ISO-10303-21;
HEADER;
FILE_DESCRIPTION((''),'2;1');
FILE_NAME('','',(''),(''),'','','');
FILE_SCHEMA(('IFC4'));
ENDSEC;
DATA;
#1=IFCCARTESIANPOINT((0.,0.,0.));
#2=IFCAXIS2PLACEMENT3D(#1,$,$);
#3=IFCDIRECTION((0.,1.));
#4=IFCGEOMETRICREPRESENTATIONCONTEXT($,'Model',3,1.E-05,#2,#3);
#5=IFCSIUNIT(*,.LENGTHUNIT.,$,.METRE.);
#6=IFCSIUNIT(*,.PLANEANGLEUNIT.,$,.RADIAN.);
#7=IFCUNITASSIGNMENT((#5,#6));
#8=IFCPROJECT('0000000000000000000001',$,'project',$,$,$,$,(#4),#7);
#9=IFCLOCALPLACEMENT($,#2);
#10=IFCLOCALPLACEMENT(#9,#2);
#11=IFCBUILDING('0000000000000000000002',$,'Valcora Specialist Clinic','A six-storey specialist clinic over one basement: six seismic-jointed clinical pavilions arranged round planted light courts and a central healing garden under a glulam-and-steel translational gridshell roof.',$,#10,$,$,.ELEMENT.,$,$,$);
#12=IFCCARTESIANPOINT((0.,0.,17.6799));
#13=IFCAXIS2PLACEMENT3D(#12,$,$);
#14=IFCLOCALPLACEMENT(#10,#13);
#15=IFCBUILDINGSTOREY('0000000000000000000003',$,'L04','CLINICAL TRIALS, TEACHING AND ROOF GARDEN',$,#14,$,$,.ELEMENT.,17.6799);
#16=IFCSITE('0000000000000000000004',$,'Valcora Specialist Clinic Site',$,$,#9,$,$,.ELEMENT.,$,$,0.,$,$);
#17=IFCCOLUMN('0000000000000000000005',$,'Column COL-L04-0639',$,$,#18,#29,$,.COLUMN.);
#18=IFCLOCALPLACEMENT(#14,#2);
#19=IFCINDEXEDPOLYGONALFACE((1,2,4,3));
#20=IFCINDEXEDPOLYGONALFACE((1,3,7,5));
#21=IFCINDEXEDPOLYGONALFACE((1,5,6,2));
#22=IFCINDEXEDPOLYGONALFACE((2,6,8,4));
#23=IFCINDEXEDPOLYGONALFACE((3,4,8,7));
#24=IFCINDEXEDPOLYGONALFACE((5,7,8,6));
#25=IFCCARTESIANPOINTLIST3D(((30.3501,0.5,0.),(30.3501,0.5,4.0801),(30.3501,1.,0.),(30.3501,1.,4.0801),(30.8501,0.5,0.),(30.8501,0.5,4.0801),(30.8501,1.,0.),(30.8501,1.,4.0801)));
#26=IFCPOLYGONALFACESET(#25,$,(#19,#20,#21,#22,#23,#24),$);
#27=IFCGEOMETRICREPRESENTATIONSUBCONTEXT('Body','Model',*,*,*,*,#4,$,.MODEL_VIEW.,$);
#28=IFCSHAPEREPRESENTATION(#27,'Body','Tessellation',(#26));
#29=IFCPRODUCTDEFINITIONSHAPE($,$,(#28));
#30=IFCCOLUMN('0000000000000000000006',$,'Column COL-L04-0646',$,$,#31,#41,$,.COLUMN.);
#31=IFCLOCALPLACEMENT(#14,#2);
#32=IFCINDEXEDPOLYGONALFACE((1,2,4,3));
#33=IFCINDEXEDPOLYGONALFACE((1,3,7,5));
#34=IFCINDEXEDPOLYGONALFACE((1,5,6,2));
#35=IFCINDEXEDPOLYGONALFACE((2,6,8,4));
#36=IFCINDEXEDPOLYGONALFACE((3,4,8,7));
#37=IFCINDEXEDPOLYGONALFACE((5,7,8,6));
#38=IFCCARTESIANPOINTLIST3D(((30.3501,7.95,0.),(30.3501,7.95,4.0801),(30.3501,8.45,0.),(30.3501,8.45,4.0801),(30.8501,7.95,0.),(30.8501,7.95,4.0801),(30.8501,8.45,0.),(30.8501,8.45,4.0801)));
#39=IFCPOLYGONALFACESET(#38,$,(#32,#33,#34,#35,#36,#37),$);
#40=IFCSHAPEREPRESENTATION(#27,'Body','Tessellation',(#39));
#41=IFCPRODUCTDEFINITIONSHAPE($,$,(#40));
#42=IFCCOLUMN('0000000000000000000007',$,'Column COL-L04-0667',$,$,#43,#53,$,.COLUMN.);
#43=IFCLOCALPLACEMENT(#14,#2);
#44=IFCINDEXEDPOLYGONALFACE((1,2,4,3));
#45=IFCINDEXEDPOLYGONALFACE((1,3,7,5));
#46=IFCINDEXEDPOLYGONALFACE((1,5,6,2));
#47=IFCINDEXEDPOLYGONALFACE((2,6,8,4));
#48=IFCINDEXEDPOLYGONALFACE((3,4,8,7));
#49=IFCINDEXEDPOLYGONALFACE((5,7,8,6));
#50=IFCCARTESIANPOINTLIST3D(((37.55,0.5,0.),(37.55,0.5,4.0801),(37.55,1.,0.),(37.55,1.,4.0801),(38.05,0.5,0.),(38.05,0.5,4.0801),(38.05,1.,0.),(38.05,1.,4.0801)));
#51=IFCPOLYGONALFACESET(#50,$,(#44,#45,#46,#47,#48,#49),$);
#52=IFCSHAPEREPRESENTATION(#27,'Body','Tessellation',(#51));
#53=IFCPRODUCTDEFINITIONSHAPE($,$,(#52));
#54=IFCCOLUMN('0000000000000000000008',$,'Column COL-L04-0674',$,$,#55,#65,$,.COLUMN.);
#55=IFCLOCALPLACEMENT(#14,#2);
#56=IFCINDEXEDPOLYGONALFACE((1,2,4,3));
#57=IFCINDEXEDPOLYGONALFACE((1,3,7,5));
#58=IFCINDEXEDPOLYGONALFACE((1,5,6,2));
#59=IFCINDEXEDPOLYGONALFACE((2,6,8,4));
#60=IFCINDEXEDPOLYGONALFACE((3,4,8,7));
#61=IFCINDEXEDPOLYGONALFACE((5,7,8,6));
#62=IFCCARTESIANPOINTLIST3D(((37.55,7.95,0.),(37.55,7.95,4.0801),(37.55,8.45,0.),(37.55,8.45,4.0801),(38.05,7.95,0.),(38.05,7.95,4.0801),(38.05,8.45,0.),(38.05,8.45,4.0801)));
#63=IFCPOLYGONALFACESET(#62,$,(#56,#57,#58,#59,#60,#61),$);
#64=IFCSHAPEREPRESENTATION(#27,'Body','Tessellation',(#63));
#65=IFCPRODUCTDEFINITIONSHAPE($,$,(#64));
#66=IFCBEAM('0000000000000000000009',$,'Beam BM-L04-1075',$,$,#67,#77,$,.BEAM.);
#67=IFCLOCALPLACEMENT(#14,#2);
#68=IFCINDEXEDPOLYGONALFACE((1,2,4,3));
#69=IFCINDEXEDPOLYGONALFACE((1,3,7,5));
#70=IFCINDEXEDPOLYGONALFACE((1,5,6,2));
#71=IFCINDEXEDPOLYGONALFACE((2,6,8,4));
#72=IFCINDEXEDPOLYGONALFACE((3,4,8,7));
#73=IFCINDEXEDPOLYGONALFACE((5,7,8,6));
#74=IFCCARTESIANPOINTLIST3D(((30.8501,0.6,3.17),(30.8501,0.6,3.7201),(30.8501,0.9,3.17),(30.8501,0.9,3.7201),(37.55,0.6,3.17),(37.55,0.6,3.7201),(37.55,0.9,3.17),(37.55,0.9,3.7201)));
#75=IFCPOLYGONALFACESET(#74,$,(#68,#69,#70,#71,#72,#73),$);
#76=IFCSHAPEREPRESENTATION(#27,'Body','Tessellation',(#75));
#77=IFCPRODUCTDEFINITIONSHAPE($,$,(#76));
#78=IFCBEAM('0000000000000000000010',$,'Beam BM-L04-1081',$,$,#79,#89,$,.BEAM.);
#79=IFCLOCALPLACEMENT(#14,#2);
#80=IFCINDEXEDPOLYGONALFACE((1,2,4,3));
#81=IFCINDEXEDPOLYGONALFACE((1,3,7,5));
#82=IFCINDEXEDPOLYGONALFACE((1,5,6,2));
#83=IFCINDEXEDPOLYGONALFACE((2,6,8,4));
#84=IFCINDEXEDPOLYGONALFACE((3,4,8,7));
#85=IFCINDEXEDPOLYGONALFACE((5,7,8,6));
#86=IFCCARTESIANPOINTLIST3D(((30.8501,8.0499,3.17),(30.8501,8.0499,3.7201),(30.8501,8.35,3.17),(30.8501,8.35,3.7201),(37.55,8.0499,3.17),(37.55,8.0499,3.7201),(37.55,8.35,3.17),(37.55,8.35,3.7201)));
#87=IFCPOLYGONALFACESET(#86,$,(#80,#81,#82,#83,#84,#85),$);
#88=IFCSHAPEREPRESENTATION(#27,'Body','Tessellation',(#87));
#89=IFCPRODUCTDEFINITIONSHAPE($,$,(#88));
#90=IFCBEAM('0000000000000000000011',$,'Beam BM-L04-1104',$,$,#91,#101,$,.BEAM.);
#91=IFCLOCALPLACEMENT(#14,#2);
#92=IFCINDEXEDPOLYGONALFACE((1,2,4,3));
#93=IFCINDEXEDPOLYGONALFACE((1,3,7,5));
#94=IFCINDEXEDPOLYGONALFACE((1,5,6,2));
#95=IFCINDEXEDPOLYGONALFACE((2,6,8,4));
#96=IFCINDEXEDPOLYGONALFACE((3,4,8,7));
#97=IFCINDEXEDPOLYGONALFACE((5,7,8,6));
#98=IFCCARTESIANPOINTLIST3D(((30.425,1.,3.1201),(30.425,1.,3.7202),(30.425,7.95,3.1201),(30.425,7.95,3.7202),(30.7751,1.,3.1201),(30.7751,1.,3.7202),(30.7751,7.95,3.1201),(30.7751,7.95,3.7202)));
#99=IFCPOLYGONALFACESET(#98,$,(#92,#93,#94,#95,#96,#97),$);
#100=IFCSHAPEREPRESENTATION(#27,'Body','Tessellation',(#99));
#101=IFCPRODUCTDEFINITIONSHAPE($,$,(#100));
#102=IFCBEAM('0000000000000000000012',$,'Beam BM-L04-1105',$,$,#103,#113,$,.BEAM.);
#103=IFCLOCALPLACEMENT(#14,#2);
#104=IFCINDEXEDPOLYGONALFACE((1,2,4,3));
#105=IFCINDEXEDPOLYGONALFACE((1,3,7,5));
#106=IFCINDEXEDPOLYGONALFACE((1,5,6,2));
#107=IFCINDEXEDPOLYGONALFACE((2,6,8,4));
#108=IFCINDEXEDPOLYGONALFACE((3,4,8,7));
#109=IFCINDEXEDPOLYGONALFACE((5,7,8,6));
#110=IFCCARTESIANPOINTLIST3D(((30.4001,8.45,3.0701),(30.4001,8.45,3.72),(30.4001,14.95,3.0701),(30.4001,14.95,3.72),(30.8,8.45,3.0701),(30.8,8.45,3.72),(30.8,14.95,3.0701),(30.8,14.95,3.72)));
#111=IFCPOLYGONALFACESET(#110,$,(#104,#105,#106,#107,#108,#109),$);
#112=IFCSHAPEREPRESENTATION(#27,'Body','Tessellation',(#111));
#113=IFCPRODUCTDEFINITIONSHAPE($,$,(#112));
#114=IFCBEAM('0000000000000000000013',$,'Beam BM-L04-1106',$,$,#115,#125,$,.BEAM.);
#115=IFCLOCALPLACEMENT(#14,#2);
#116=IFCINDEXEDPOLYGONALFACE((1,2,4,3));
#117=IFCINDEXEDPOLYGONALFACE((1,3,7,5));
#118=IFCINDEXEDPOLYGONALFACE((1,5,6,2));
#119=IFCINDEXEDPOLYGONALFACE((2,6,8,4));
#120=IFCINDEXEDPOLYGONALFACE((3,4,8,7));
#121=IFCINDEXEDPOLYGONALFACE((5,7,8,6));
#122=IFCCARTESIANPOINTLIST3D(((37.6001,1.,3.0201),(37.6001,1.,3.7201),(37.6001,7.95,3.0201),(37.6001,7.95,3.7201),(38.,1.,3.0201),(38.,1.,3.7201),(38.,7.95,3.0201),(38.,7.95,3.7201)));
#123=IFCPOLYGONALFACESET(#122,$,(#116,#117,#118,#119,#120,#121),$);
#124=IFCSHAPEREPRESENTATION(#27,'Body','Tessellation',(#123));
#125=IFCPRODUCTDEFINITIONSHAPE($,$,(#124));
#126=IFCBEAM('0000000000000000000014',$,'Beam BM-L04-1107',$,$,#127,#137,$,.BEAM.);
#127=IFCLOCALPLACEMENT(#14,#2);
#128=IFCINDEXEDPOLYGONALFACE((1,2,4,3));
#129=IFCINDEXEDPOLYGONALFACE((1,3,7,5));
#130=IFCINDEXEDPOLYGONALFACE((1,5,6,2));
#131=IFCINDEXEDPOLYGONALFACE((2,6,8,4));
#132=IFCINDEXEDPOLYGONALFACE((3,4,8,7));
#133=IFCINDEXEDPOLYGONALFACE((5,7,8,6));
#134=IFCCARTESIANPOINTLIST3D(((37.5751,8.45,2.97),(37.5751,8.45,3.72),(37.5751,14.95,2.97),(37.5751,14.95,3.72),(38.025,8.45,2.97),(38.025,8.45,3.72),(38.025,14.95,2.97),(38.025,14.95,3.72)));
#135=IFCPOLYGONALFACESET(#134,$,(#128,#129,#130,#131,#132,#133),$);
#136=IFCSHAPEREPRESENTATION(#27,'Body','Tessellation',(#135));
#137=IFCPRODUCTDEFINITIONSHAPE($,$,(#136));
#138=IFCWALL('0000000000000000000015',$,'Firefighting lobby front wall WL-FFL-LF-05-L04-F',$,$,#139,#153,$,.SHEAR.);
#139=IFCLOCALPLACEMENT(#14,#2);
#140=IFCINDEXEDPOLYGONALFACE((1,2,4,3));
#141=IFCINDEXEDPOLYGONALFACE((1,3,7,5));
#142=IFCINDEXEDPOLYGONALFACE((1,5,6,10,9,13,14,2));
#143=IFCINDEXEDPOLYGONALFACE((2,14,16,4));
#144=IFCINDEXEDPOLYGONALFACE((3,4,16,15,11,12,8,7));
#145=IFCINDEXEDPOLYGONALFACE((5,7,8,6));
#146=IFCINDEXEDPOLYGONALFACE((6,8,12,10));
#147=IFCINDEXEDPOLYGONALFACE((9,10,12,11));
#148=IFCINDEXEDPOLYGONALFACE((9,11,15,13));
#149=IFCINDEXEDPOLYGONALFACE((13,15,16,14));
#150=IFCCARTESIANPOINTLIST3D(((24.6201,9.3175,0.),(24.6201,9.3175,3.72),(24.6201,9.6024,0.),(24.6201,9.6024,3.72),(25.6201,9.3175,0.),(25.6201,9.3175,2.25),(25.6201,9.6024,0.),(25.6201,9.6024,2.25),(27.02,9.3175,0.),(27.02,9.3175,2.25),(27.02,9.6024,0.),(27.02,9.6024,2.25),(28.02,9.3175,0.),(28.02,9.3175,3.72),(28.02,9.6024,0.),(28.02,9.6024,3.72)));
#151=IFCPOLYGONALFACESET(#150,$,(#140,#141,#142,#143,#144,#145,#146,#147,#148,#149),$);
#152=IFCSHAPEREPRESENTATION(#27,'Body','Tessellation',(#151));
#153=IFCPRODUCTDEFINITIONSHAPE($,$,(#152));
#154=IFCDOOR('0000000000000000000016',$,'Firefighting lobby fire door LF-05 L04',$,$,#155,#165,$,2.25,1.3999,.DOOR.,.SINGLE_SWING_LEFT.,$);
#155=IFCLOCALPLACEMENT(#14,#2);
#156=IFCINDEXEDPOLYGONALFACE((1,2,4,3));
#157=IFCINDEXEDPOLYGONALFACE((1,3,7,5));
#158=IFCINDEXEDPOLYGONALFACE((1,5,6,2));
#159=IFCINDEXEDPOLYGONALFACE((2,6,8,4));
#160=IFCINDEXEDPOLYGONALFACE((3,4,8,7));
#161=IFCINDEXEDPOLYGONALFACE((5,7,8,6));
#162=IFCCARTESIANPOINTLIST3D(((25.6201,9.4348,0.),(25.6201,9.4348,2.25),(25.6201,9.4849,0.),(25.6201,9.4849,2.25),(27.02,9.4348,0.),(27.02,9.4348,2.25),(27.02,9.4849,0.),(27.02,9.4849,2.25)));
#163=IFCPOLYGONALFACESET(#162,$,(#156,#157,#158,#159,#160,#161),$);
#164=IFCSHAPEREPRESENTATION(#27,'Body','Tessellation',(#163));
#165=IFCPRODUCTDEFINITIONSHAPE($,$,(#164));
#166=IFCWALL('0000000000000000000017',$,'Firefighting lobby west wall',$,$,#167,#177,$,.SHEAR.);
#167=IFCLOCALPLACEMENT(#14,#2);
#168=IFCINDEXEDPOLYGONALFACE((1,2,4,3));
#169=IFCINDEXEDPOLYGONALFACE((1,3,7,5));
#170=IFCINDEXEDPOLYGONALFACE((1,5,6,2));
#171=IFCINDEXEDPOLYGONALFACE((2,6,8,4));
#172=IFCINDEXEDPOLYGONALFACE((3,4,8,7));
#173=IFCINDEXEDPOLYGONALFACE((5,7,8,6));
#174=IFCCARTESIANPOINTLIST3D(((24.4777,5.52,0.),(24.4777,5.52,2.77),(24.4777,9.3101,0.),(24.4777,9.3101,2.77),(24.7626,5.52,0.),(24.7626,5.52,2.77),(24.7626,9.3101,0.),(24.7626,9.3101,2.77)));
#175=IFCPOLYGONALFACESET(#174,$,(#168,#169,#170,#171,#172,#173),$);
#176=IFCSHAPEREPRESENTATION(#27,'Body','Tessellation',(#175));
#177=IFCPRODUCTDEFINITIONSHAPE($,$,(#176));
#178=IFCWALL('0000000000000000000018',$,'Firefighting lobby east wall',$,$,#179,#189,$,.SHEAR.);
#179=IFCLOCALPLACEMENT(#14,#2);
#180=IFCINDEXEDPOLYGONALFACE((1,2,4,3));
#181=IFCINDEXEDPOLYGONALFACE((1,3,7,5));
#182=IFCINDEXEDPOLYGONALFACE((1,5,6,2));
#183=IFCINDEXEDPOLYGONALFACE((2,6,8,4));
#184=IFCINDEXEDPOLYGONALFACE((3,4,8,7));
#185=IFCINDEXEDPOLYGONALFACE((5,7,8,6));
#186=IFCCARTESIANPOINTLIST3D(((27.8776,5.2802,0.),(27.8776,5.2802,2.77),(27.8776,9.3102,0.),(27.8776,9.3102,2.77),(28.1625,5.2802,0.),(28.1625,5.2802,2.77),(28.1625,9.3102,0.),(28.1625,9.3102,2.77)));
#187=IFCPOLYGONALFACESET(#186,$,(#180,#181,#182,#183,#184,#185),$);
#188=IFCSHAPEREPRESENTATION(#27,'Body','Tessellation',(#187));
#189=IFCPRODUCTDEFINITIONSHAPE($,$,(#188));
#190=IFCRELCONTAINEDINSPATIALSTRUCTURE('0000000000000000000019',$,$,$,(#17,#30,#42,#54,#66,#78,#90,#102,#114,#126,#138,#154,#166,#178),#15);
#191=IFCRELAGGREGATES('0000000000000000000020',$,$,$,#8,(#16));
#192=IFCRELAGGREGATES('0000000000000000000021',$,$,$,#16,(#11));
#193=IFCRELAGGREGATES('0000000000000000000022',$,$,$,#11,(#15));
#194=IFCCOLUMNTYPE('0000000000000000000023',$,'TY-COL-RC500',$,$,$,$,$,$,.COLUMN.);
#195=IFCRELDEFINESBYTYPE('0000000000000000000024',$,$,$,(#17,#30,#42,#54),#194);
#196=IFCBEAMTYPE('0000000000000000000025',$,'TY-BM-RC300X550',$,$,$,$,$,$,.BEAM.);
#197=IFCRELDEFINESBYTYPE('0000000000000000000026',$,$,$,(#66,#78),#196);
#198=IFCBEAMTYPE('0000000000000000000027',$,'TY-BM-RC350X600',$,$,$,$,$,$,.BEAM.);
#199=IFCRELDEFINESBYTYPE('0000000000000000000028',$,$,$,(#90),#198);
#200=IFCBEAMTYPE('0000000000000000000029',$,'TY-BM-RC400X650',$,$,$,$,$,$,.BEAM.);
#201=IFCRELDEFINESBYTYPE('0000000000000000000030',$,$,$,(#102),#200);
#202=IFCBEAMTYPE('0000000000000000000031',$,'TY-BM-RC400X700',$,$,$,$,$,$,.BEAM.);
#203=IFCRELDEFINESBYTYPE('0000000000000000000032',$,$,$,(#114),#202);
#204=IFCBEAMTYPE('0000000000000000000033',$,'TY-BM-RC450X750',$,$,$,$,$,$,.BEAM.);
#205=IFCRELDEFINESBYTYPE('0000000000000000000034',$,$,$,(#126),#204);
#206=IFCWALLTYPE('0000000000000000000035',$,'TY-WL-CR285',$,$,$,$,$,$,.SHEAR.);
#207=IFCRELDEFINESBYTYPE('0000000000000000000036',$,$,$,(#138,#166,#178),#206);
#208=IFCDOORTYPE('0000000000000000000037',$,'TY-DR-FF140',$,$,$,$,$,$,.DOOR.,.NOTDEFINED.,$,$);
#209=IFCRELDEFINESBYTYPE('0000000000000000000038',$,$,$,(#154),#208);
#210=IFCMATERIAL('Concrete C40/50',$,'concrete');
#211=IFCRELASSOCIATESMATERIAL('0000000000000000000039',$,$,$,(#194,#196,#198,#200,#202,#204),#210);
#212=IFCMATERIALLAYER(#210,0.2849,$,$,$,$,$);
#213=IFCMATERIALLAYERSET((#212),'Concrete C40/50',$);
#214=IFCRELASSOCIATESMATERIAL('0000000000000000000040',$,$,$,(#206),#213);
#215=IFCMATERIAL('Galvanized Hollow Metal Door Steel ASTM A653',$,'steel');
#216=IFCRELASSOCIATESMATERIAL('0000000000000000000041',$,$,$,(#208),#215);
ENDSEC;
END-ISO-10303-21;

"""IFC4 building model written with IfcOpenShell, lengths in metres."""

from ifc_helpers import new_model, si_unit, direction, frame, frame_2d, origin, origin_2d, place, context, subcontext, project, spatial, rectangle, extrude, material, layer, layer_set, material_profile, profile_set, type_object, element, fill, save


model = new_model("IFC4")

# Units and contexts
model_context = context("Model", 3, precision=1e-05, world=origin(), true_north=direction((0.0, 1.0)))
body_context = subcontext(model_context, "Body", "Model", "MODEL_VIEW")
ifc_project = project(units=[si_unit("LENGTHUNIT", "METRE"), si_unit("PLANEANGLEUNIT", "RADIAN")], contexts=[model_context])

# Site, building, storey
site_placement = place(None, origin())
site = spatial("IfcSite", under=ifc_project, at=site_placement, Name="Valcora Specialist Clinic Site", CompositionType="ELEMENT", RefElevation=0.0)
building_placement = place(site_placement, origin())
building = spatial("IfcBuilding", under=site, at=building_placement, Name="Valcora Specialist Clinic", Description="A six-storey specialist clinic over one basement: six seismic-jointed clinical pavilions arranged round planted light courts and a central healing garden under a glulam-and-steel translational gridshell roof.", CompositionType="ELEMENT")
storey_placement = place(building_placement, frame((0.0, 0.0, 17.6799)))
storey = spatial("IfcBuildingStorey", under=building, at=storey_placement, Name="L04", Description="CLINICAL TRIALS, TEACHING AND ROOF GARDEN", CompositionType="ELEMENT", Elevation=17.6799)

# Columns
ifc_material_1 = material(Name="Concrete C40/50", Category="concrete")
ifc_material_profile_1 = material_profile(ifc_material_1, rectangle(XDim=0.5, YDim=0.5, at=origin_2d()), Name="RC-COL-500X500")
ifc_profile_set_1 = profile_set([ifc_material_profile_1], Name="Concrete C40/50")
column_type = type_object("IfcColumnType", Name="TY-COL-RC500", PredefinedType="COLUMN", material=ifc_profile_set_1)
for number, where, z_axis, x_axis, name in (
    (1, (30.6001, 0.75, 0.0), (0.0, 0.0, 1.0), (1.0, 0.0, 0.0), "Column COL-L04-0639"),
    (2, (30.6001, 8.2, 0.0), (0.0, 0.0, 1.0), (1.0, 0.0, 0.0), "Column COL-L04-0646"),
    (3, (37.8, 0.75, 0.0), (0.0, 0.0, 1.0), (1.0, 0.0, 0.0), "Column COL-L04-0667"),
    (4, (37.8, 8.2, 0.0), (0.0, 0.0, 1.0), (1.0, 0.0, 0.0), "Column COL-L04-0674"),
):
    element("IfcColumn", number, at=place(storey_placement, frame(where, z_axis=z_axis, x_axis=x_axis)), inside=storey, type_object=column_type, Name=name, PredefinedType="COLUMN", context=body_context, shape_type="SweptSolid", body=[
        extrude(rectangle(XDim=0.5, YDim=0.5, at=origin_2d()), origin(), (0.0, 0.0, 1.0), 4.0801),
    ])

# Beams
ifc_material_profile_2 = material_profile(ifc_material_1, rectangle(XDim=0.3, YDim=0.55, at=origin_2d()), Name="RC-BM-300X550")
ifc_profile_set_2 = profile_set([ifc_material_profile_2], Name="Concrete C40/50")
beam_type_1 = type_object("IfcBeamType", Name="TY-BM-RC300X550", PredefinedType="BEAM", material=ifc_profile_set_2)
for number, where, z_axis, x_axis, name in (
    (5, (30.8501, 0.75, 3.4451), (1.0, 0.0, 0.0), (0.0, 1.0, 0.0), "Beam BM-L04-1075"),
    (6, (30.8501, 8.2, 3.4451), (1.0, 0.0, 0.0), (0.0, 1.0, 0.0), "Beam BM-L04-1081"),
):
    element("IfcBeam", number, at=place(storey_placement, frame(where, z_axis=z_axis, x_axis=x_axis)), inside=storey, type_object=beam_type_1, Name=name, PredefinedType="BEAM", context=body_context, shape_type="SweptSolid", body=[
        extrude(rectangle(XDim=0.3, YDim=0.55, at=origin_2d()), origin(), (0.0, 0.0, 1.0), 6.7),
    ])
ifc_material_profile_3 = material_profile(ifc_material_1, rectangle(XDim=0.3501, YDim=0.6001, at=origin_2d()), Name="RC-BM-350X600")
ifc_profile_set_3 = profile_set([ifc_material_profile_3], Name="Concrete C40/50")
beam_type_2 = type_object("IfcBeamType", Name="TY-BM-RC350X600", PredefinedType="BEAM", material=ifc_profile_set_3)
beam_1_placement = place(storey_placement, frame((30.6001, 1.0, 3.4202), z_axis=(0.0, 1.0, 0.0), x_axis=(-1.0, 0.0, 0.0)))
element("IfcBeam", 7, at=beam_1_placement, inside=storey, type_object=beam_type_2, Name="Beam BM-L04-1104", PredefinedType="BEAM", context=body_context, shape_type="SweptSolid", body=[
    extrude(rectangle(XDim=0.3501, YDim=0.6001, at=origin_2d()), origin(), (0.0, 0.0, 1.0), 6.95),
])
ifc_material_profile_4 = material_profile(ifc_material_1, rectangle(XDim=0.3999, YDim=0.6499, at=origin_2d()), Name="RC-BM-400X650")
ifc_profile_set_4 = profile_set([ifc_material_profile_4], Name="Concrete C40/50")
beam_type_3 = type_object("IfcBeamType", Name="TY-BM-RC400X650", PredefinedType="BEAM", material=ifc_profile_set_4)
beam_2_placement = place(storey_placement, frame((30.6001, 8.45, 3.395), z_axis=(0.0, 1.0, 0.0), x_axis=(-1.0, 0.0, 0.0)))
element("IfcBeam", 8, at=beam_2_placement, inside=storey, type_object=beam_type_3, Name="Beam BM-L04-1105", PredefinedType="BEAM", context=body_context, shape_type="SweptSolid", body=[
    extrude(rectangle(XDim=0.3999, YDim=0.6499, at=origin_2d()), origin(), (0.0, 0.0, 1.0), 6.5),
])
ifc_material_profile_5 = material_profile(ifc_material_1, rectangle(XDim=0.3999, YDim=0.7, at=origin_2d()), Name="RC-BM-400X700")
ifc_profile_set_5 = profile_set([ifc_material_profile_5], Name="Concrete C40/50")
beam_type_4 = type_object("IfcBeamType", Name="TY-BM-RC400X700", PredefinedType="BEAM", material=ifc_profile_set_5)
beam_3_placement = place(storey_placement, frame((37.8, 1.0, 3.3701), z_axis=(0.0, 1.0, 0.0), x_axis=(-1.0, 0.0, 0.0)))
element("IfcBeam", 9, at=beam_3_placement, inside=storey, type_object=beam_type_4, Name="Beam BM-L04-1106", PredefinedType="BEAM", context=body_context, shape_type="SweptSolid", body=[
    extrude(rectangle(XDim=0.3999, YDim=0.7, at=origin_2d()), origin(), (0.0, 0.0, 1.0), 6.95),
])
ifc_material_profile_6 = material_profile(ifc_material_1, rectangle(XDim=0.45, YDim=0.75, at=origin_2d()), Name="RC-BM-450X750")
ifc_profile_set_6 = profile_set([ifc_material_profile_6], Name="Concrete C40/50")
beam_type_5 = type_object("IfcBeamType", Name="TY-BM-RC450X750", PredefinedType="BEAM", material=ifc_profile_set_6)
beam_4_placement = place(storey_placement, frame((37.8, 8.45, 3.345), z_axis=(0.0, 1.0, 0.0), x_axis=(-1.0, 0.0, 0.0)))
element("IfcBeam", 10, at=beam_4_placement, inside=storey, type_object=beam_type_5, Name="Beam BM-L04-1107", PredefinedType="BEAM", context=body_context, shape_type="SweptSolid", body=[
    extrude(rectangle(XDim=0.45, YDim=0.75, at=origin_2d()), origin(), (0.0, 0.0, 1.0), 6.5),
])

# Wall, opening, door
ifc_layer_1 = layer(ifc_material_1, 0.2849)
ifc_layer_set_1 = layer_set([ifc_layer_1], Name="Concrete C40/50")
wall_type_1 = type_object("IfcWallType", Name="TY-WL-CR285", PredefinedType="SHEAR", material=ifc_layer_set_1)
wall_1_placement = place(storey_placement, frame((24.6201, 9.46, 0.0), z_axis=(0.0, 0.0, 1.0), x_axis=(1.0, 0.0, 0.0)))
wall_1 = element("IfcWall", 11, at=wall_1_placement, inside=storey, type_object=wall_type_1, Name="Firefighting lobby front wall WL-FFL-LF-05-L04-F", PredefinedType="SHEAR", context=body_context, shape_type="SweptSolid", body=[
    extrude(rectangle(XDim=3.3999, YDim=0.2849, at=frame_2d((1.7, 0.0))), origin(), (0.0, 0.0, 1.0), 3.72),
])
opening_1_placement = place(wall_1_placement, frame((1.0, 0.0, 0.0)))
opening_1 = element("IfcOpeningElement", 12, at=opening_1_placement, cuts=wall_1, PredefinedType="OPENING", context=body_context, shape_type="SweptSolid", body=[
    extrude(rectangle(XDim=1.3999, YDim=2.25, at=frame_2d((0.7, 1.125))), frame((0.0, 0.1523, 0.0), z_axis=(0.0, -1.0, 0.0), x_axis=(1.0, 0.0, 0.0)), (0.0, 0.0, 1.0), 0.3049),
])
ifc_material_2 = material(Name="Galvanized Hollow Metal Door Steel ASTM A653", Category="steel")
door_type_1 = type_object("IfcDoorType", Name="TY-DR-FF140", OperationType="NOTDEFINED", PredefinedType="DOOR", material=ifc_material_2)
door_1_placement = place(opening_1_placement, origin())
door_1 = element("IfcDoor", 13, at=door_1_placement, inside=storey, type_object=door_type_1, Name="Firefighting lobby fire door LF-05 L04", OperationType="SINGLE_SWING_LEFT", OverallHeight=2.25, OverallWidth=1.3999, PredefinedType="DOOR", context=body_context, shape_type="SweptSolid", body=[
    extrude(rectangle(XDim=1.3999, YDim=2.25, at=frame_2d((0.7, 1.125))), frame((0.0, 0.0249, 0.0), z_axis=(0.0, -1.0, 0.0), x_axis=(1.0, 0.0, 0.0)), (0.0, 0.0, 1.0), 0.05),
])
fill(opening_1, door_1)

# Walls
wall_2_placement = place(storey_placement, frame((24.6201, 5.52, 0.0), z_axis=(0.0, 0.0, 1.0), x_axis=(0.0, 1.0, 0.0)))
element("IfcWall", 14, at=wall_2_placement, inside=storey, type_object=wall_type_1, Name="Firefighting lobby west wall", PredefinedType="SHEAR", context=body_context, shape_type="SweptSolid", body=[
    extrude(rectangle(XDim=3.79, YDim=0.2849, at=frame_2d((1.895, 0.0))), origin(), (0.0, 0.0, 1.0), 2.77),
])
wall_3_placement = place(storey_placement, frame((28.02, 5.28, 0.0), z_axis=(0.0, 0.0, 1.0), x_axis=(0.0, 1.0, 0.0)))
element("IfcWall", 15, at=wall_3_placement, inside=storey, type_object=wall_type_1, Name="Firefighting lobby east wall", PredefinedType="SHEAR", context=body_context, shape_type="SweptSolid", body=[
    extrude(rectangle(XDim=4.03, YDim=0.2849, at=frame_2d((2.0151, 0.0))), origin(), (0.0, 0.0, 1.0), 2.77),
])

save(model, "model.ifc")
